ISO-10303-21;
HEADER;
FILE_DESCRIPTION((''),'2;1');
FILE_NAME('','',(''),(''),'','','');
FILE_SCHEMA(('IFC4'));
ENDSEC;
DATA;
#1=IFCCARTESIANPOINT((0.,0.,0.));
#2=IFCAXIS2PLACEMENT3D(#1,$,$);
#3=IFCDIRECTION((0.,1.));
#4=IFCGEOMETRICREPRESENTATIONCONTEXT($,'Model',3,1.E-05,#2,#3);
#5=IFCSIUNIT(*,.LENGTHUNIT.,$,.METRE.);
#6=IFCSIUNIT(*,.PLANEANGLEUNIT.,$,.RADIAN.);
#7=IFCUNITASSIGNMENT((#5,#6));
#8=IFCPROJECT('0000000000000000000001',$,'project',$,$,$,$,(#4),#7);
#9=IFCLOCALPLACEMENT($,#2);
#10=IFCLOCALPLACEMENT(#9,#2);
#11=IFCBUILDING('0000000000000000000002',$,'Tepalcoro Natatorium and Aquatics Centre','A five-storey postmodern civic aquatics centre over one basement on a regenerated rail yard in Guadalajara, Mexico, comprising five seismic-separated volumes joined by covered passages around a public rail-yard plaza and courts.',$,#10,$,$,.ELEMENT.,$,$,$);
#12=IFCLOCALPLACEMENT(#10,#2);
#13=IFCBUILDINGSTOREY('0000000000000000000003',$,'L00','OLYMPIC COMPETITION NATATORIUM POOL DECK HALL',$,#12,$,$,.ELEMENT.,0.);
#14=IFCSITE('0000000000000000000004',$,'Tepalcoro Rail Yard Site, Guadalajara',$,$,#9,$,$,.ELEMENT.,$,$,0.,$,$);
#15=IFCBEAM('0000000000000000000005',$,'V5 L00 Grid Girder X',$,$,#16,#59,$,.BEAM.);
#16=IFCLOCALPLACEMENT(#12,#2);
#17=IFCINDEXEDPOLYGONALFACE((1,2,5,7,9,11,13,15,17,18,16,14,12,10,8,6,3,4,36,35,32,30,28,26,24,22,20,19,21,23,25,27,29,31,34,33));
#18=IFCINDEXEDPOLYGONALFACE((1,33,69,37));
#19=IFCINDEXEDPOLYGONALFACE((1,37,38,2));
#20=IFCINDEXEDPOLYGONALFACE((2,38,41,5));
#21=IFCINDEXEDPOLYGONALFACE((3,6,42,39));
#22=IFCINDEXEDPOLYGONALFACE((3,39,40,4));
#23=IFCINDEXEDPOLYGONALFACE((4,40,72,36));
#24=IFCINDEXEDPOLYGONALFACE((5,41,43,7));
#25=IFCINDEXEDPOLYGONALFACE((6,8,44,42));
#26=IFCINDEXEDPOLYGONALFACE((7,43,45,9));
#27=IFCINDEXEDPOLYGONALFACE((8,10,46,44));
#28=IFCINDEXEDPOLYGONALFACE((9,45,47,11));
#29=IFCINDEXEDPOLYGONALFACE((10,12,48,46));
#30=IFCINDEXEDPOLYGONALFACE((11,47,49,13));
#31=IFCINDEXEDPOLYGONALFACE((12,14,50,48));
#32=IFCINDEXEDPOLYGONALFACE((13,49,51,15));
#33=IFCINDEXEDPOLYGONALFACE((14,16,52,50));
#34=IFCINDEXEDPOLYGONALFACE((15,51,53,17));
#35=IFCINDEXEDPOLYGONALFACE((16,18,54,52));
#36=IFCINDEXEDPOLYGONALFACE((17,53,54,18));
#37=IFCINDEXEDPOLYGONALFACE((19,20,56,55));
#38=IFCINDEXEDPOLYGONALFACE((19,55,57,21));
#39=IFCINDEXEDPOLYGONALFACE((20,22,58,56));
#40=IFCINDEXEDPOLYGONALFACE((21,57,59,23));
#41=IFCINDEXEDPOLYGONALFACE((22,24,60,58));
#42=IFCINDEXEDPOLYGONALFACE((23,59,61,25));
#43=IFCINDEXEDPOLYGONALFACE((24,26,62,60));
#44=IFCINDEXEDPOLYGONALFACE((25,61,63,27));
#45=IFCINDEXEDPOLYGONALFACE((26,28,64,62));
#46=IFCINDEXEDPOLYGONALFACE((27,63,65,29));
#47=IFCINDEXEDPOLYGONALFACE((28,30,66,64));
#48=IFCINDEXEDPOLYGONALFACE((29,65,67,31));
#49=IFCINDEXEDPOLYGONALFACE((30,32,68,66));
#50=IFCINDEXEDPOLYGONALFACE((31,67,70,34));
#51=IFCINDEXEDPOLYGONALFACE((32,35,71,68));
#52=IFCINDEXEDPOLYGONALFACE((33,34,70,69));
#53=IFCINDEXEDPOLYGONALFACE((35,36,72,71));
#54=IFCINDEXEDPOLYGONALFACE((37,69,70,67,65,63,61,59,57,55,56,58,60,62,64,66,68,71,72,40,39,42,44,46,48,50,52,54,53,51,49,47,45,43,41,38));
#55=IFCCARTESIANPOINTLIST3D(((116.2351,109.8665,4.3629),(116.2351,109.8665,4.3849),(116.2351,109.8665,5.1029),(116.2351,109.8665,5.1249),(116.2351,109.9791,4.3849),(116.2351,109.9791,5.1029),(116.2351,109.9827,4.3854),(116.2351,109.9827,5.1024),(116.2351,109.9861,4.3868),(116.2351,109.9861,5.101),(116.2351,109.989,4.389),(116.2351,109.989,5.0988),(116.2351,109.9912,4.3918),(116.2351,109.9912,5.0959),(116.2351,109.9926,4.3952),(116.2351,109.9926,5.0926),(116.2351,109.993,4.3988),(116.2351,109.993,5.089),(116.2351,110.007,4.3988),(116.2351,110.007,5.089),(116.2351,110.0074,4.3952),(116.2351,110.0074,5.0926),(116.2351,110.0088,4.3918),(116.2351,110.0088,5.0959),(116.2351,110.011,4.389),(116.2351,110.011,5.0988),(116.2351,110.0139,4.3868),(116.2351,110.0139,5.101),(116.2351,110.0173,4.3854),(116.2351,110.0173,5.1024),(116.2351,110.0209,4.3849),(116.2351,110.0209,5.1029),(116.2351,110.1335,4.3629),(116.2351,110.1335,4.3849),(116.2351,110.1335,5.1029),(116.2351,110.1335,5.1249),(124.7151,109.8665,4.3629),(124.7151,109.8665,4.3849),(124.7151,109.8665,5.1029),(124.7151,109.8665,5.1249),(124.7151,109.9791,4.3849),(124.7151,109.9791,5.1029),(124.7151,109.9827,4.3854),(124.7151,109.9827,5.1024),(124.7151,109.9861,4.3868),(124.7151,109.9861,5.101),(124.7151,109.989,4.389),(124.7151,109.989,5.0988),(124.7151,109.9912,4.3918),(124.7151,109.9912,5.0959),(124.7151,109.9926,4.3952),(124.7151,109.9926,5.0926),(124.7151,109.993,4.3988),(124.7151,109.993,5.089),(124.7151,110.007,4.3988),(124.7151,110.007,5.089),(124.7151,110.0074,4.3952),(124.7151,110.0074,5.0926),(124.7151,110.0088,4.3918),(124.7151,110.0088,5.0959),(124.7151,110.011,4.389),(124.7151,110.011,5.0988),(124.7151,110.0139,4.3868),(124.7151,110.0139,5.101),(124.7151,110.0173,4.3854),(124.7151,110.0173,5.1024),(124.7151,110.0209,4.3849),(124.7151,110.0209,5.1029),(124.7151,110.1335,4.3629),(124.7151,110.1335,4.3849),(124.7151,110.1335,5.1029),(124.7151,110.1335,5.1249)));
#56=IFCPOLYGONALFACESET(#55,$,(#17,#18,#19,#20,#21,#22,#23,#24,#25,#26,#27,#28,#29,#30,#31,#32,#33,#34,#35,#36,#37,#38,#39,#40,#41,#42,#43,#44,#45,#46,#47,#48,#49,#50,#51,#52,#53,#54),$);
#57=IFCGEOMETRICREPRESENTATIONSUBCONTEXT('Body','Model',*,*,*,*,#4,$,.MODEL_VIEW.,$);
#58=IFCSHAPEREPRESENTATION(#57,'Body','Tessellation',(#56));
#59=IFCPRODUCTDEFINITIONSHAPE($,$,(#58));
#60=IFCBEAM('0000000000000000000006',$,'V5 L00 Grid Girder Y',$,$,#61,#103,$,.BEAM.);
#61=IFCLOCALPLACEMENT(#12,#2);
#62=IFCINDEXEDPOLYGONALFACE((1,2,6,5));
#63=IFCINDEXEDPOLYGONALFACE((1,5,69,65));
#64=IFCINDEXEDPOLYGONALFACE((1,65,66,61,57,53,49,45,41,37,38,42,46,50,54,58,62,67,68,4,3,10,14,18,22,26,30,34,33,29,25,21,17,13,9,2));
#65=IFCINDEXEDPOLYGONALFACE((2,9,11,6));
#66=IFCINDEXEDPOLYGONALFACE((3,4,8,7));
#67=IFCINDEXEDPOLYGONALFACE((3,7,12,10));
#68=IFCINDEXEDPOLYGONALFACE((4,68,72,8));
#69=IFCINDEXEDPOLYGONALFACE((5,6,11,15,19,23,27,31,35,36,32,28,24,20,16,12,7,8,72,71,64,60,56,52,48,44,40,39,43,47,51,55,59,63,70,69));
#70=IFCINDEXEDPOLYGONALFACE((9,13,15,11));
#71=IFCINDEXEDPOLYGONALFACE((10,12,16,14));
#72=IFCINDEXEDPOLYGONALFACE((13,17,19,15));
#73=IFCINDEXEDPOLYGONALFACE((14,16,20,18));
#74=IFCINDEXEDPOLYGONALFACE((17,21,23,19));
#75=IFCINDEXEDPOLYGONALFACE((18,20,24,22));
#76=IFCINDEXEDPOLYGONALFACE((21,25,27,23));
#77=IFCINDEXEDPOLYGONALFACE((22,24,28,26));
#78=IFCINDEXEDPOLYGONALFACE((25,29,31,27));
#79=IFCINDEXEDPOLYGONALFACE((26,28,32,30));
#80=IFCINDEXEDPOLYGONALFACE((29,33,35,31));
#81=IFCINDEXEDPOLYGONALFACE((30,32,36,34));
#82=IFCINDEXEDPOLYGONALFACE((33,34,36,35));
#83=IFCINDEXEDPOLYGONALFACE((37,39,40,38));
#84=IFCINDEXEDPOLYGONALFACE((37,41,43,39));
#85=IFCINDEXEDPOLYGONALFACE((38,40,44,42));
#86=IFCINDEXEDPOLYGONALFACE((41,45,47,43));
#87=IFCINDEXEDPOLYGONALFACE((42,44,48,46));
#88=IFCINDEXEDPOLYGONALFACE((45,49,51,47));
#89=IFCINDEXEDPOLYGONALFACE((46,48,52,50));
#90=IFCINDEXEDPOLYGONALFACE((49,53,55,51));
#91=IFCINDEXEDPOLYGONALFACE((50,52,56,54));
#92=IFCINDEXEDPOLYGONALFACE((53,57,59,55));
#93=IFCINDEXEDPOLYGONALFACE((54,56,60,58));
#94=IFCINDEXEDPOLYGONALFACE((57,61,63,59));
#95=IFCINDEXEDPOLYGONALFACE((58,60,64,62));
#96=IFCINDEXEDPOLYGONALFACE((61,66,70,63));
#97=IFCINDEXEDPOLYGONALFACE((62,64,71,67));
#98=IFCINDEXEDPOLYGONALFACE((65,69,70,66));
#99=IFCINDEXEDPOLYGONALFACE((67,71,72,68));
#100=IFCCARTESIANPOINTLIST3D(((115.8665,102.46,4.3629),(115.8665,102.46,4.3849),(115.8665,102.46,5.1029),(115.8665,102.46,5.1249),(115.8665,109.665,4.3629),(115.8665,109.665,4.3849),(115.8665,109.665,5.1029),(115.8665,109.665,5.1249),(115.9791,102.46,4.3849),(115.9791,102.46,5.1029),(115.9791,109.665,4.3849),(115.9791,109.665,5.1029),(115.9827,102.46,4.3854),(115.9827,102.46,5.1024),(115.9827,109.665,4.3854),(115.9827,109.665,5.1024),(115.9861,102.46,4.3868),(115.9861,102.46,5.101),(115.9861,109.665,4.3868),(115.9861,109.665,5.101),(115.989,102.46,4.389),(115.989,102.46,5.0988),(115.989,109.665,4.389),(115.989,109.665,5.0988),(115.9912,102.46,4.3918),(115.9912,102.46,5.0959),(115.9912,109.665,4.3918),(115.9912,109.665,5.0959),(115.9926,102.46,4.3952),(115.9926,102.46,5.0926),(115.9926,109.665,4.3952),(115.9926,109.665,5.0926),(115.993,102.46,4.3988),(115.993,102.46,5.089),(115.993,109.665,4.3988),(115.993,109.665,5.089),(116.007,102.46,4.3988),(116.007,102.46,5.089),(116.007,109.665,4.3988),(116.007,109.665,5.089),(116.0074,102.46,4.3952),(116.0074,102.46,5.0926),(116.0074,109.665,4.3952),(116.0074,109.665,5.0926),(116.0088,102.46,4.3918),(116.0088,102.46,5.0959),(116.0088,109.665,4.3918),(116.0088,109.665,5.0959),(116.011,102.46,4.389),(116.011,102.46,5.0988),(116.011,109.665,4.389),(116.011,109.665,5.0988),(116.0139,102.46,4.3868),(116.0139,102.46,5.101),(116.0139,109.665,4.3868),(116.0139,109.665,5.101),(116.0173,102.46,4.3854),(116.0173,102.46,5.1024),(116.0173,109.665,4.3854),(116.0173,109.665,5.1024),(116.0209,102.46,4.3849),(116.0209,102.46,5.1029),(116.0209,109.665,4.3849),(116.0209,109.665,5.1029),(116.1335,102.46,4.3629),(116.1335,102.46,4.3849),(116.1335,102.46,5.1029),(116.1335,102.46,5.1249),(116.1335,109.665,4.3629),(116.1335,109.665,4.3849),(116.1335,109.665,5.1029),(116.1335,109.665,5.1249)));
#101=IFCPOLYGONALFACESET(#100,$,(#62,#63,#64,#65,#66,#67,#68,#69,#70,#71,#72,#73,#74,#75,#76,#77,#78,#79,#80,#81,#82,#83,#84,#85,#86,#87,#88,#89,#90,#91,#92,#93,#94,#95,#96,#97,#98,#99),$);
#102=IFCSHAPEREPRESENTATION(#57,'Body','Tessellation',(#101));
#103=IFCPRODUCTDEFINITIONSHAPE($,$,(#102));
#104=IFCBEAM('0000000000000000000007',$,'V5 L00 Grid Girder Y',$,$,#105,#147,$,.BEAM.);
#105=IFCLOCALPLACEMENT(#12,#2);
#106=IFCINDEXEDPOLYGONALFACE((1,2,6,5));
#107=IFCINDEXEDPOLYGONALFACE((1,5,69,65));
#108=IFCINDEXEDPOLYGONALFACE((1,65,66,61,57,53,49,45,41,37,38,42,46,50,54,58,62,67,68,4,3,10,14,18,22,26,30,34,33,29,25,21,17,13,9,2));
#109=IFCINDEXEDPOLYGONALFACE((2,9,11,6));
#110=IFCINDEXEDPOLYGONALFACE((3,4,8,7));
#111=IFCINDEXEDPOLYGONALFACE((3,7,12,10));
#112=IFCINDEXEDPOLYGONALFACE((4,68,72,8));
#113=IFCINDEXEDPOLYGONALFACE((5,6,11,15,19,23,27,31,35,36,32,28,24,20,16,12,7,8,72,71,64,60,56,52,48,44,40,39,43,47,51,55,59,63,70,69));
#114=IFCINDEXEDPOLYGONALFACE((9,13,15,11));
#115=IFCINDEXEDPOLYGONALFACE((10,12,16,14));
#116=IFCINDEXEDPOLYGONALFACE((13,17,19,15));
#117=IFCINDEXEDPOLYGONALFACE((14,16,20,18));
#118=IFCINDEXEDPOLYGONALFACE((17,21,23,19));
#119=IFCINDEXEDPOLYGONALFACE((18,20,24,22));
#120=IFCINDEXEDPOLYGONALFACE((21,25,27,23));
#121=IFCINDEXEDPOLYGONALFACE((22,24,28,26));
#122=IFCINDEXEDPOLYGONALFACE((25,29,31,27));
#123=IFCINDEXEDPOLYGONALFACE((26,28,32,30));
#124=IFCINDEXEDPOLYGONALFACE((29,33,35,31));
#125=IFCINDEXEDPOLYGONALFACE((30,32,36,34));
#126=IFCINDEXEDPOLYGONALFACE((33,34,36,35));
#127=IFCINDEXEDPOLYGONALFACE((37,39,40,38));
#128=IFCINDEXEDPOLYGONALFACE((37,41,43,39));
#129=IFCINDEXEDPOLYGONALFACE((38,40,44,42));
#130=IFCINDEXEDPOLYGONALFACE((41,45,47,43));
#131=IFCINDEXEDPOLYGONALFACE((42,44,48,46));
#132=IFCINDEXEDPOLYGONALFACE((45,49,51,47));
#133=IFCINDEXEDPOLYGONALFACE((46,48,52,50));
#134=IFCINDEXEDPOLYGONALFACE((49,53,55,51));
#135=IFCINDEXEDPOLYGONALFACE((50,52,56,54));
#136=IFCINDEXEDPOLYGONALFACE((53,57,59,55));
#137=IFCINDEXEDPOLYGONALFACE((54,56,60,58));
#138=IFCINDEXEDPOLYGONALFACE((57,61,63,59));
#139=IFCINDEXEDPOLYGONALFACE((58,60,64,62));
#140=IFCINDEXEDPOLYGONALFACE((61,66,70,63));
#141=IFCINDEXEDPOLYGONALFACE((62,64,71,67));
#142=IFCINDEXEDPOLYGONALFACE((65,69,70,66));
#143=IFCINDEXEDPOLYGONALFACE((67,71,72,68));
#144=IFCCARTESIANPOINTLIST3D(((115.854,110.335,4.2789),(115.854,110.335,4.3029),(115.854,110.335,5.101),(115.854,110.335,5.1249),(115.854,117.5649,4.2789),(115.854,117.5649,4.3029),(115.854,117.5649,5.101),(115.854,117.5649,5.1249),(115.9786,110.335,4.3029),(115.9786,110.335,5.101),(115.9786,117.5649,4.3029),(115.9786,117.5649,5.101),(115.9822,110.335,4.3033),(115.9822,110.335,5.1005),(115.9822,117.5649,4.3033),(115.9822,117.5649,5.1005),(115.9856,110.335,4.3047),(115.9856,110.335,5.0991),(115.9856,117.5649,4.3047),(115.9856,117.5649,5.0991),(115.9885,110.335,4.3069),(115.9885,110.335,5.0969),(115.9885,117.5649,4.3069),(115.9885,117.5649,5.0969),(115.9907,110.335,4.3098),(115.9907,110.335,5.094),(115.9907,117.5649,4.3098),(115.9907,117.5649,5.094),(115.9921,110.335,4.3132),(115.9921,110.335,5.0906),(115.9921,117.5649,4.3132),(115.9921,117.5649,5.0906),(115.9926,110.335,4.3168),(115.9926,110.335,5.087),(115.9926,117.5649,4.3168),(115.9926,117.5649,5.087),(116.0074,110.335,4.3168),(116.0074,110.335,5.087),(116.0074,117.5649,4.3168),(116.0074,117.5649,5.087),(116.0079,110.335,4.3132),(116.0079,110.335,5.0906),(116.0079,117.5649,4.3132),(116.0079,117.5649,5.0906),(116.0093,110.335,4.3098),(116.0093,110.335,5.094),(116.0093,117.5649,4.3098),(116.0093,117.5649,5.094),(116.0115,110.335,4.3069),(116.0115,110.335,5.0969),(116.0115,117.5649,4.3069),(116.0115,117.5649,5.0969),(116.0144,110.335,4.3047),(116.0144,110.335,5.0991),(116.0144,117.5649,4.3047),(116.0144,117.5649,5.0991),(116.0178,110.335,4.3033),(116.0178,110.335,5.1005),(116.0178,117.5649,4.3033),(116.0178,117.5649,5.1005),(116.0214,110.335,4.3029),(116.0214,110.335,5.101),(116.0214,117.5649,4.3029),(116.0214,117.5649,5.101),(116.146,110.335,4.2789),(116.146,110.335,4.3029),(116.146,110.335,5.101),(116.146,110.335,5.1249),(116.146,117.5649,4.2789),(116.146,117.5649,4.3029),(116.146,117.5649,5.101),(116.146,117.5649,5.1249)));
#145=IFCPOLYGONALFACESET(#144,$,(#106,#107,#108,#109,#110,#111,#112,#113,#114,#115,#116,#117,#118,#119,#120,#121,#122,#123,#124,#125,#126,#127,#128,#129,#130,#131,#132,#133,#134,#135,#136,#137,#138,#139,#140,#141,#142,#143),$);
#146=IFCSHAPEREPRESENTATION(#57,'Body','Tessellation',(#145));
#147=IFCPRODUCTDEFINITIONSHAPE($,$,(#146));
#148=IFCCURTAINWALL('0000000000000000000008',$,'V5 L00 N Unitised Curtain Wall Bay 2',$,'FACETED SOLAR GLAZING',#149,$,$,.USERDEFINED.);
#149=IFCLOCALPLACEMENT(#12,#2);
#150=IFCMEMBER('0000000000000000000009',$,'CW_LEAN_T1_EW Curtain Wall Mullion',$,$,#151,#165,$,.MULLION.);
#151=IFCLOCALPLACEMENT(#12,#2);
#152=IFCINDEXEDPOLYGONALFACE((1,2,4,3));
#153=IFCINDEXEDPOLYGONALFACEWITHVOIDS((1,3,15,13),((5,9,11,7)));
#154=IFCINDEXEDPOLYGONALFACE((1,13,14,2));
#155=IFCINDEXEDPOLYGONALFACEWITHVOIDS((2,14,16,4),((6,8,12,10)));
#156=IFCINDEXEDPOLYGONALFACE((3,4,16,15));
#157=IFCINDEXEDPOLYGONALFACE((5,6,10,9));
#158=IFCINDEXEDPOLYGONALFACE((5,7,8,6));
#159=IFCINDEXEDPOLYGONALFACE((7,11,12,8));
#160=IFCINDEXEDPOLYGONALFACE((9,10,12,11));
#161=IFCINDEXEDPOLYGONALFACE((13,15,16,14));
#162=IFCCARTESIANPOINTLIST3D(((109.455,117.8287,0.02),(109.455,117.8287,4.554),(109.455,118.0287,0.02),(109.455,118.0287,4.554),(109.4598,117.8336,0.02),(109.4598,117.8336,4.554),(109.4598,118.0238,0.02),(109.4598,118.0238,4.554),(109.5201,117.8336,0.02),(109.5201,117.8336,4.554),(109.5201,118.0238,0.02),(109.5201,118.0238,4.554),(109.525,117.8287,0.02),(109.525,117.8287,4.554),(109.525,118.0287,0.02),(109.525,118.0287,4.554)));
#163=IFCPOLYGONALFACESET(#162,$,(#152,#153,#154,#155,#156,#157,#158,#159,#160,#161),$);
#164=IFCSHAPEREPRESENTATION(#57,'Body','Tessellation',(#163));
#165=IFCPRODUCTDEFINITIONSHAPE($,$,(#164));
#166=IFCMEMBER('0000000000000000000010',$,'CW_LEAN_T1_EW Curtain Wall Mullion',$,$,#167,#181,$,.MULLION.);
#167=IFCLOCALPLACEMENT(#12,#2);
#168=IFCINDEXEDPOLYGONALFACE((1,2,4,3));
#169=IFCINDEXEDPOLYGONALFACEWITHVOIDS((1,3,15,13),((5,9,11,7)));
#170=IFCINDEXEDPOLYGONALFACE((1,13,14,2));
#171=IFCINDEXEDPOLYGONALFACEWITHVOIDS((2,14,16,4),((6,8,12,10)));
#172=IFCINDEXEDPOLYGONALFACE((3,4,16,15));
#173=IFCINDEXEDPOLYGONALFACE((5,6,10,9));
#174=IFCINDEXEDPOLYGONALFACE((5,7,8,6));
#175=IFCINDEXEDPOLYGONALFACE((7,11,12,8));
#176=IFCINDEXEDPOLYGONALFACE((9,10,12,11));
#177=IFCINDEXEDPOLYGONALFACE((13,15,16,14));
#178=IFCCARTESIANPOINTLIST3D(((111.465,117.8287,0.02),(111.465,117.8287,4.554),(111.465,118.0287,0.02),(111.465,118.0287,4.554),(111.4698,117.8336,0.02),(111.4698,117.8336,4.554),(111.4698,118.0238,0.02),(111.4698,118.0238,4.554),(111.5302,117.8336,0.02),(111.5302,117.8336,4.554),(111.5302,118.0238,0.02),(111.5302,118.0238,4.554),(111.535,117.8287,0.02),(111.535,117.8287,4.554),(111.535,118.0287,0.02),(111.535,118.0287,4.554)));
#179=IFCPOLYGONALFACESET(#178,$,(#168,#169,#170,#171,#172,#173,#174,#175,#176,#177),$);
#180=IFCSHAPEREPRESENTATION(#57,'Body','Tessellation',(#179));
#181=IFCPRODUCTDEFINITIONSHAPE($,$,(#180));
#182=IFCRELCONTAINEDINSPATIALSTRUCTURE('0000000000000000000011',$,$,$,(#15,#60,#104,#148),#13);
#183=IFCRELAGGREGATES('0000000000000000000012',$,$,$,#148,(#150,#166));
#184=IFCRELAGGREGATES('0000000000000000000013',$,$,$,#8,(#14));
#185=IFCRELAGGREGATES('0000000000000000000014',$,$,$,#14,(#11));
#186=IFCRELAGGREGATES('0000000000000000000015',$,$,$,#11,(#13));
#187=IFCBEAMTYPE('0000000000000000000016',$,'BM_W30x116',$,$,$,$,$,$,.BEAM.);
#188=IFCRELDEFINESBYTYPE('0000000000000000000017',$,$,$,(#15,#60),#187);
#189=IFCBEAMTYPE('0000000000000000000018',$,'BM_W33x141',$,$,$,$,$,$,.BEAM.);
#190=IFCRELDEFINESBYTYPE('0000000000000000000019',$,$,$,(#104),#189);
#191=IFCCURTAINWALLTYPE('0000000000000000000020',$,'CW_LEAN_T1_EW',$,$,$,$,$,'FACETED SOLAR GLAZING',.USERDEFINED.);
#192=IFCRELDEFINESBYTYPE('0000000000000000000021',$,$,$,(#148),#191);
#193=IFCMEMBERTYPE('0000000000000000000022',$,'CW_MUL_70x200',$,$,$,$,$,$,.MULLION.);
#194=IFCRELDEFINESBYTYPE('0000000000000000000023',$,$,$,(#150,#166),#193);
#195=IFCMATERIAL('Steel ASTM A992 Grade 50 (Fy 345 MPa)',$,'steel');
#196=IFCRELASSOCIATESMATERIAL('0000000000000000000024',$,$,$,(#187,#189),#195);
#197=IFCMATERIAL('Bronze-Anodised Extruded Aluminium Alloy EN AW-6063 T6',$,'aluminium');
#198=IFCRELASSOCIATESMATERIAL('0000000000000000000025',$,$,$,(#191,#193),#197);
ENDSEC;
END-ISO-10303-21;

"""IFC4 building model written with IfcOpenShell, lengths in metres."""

from ifc_helpers import new_model, si_unit, direction, frame, origin, origin_2d, place, context, subcontext, project, spatial, hollow_rectangle, i_section, extrude, material, material_profile, profile_set, type_object, element, aggregate, save


model = new_model("IFC4")

# Units and contexts
model_context = context("Model", 3, precision=1e-05, world=origin(), true_north=direction((0.0, 1.0)))
body_context = subcontext(model_context, "Body", "Model", "MODEL_VIEW")
ifc_project = project(units=[si_unit("LENGTHUNIT", "METRE"), si_unit("PLANEANGLEUNIT", "RADIAN")], contexts=[model_context])

# Site, building, storey
site_placement = place(None, origin())
site = spatial("IfcSite", under=ifc_project, at=site_placement, Name="Tepalcoro Rail Yard Site, Guadalajara", CompositionType="ELEMENT", RefElevation=0.0)
building_placement = place(site_placement, origin())
building = spatial("IfcBuilding", under=site, at=building_placement, Name="Tepalcoro Natatorium and Aquatics Centre", Description="A five-storey postmodern civic aquatics centre over one basement on a regenerated rail yard in Guadalajara, Mexico, comprising five seismic-separated volumes joined by covered passages around a public rail-yard plaza and courts.", CompositionType="ELEMENT")
storey_placement = place(building_placement, origin())
storey = spatial("IfcBuildingStorey", under=building, at=storey_placement, Name="L00", Description="OLYMPIC COMPETITION NATATORIUM POOL DECK HALL", CompositionType="ELEMENT", Elevation=0.0)

# Beams
ifc_material_1 = material(Name="Steel ASTM A992 Grade 50 (Fy 345 MPa)", Category="steel")
ifc_material_profile_1 = material_profile(ifc_material_1, i_section(OverallWidth=0.2671, OverallDepth=0.762, WebThickness=0.0139, FlangeThickness=0.022, FilletRadius=0.0139, at=origin_2d()), Name="W30X116")
ifc_profile_set_1 = profile_set([ifc_material_profile_1], Name="Steel ASTM A992 Grade 50 (Fy 345 MPa)")
beam_type_1 = type_object("IfcBeamType", Name="BM_W30x116", PredefinedType="BEAM", material=ifc_profile_set_1)
beam_1_placement = place(storey_placement, frame((116.2351, 110.0, 4.7439), z_axis=(1.0, 0.0, 0.0), x_axis=(0.0, 1.0, 0.0)))
element("IfcBeam", 1, at=beam_1_placement, inside=storey, type_object=beam_type_1, Name="V5 L00 Grid Girder X", PredefinedType="BEAM", context=body_context, shape_type="SweptSolid", body=[
    extrude(i_section(OverallWidth=0.2671, OverallDepth=0.762, WebThickness=0.0139, FlangeThickness=0.022, FilletRadius=0.0139, at=origin_2d()), origin(), (0.0, 0.0, 1.0), 8.48),
])
beam_2_placement = place(storey_placement, frame((116.0, 102.46, 4.7439), z_axis=(0.0, 1.0, 0.0), x_axis=(-1.0, 0.0, 0.0)))
element("IfcBeam", 2, at=beam_2_placement, inside=storey, type_object=beam_type_1, Name="V5 L00 Grid Girder Y", PredefinedType="BEAM", context=body_context, shape_type="SweptSolid", body=[
    extrude(i_section(OverallWidth=0.2671, OverallDepth=0.762, WebThickness=0.0139, FlangeThickness=0.022, FilletRadius=0.0139, at=origin_2d()), origin(), (0.0, 0.0, 1.0), 7.2051),
])
ifc_material_profile_2 = material_profile(ifc_material_1, i_section(OverallWidth=0.292, OverallDepth=0.8459, WebThickness=0.0149, FlangeThickness=0.0239, FilletRadius=0.0139, at=origin_2d()), Name="W33X141")
ifc_profile_set_2 = profile_set([ifc_material_profile_2], Name="Steel ASTM A992 Grade 50 (Fy 345 MPa)")
beam_type_2 = type_object("IfcBeamType", Name="BM_W33x141", PredefinedType="BEAM", material=ifc_profile_set_2)
beam_3_placement = place(storey_placement, frame((116.0, 110.335, 4.7019), z_axis=(0.0, 1.0, 0.0), x_axis=(-1.0, 0.0, 0.0)))
element("IfcBeam", 3, at=beam_3_placement, inside=storey, type_object=beam_type_2, Name="V5 L00 Grid Girder Y", PredefinedType="BEAM", context=body_context, shape_type="SweptSolid", body=[
    extrude(i_section(OverallWidth=0.292, OverallDepth=0.8459, WebThickness=0.0149, FlangeThickness=0.0239, FilletRadius=0.0139, at=origin_2d()), origin(), (0.0, 0.0, 1.0), 7.23),
])

# Curtain wall, members
ifc_material_2 = material(Name="Bronze-Anodised Extruded Aluminium Alloy EN AW-6063 T6", Category="aluminium")
curtain_wall_type = type_object("IfcCurtainWallType", Name="CW_LEAN_T1_EW", ElementType="FACETED SOLAR GLAZING", PredefinedType="USERDEFINED", material=ifc_material_2)
curtain_wall_placement = place(storey_placement, origin())
curtain_wall = element("IfcCurtainWall", 4, at=curtain_wall_placement, inside=storey, type_object=curtain_wall_type, Name="V5 L00 N Unitised Curtain Wall Bay 2", ObjectType="FACETED SOLAR GLAZING", PredefinedType="USERDEFINED")
ifc_material_profile_3 = material_profile(ifc_material_2, hollow_rectangle(XDim=0.0701, YDim=0.2, WallThickness=0.0049, at=origin_2d()), Name="AL70X200X5")
ifc_profile_set_3 = profile_set([ifc_material_profile_3], Name="Bronze-Anodised Extruded Aluminium Alloy EN AW-6063 T6")
member_type = type_object("IfcMemberType", Name="CW_MUL_70x200", PredefinedType="MULLION", material=ifc_profile_set_3)
member_1_placement = place(storey_placement, frame((109.49, 117.9287, 0.02), z_axis=(0.0, 0.0, 1.0), x_axis=(1.0, 0.0, 0.0)))
member_1 = element("IfcMember", 5, at=member_1_placement, type_object=member_type, Name="CW_LEAN_T1_EW Curtain Wall Mullion", PredefinedType="MULLION", context=body_context, shape_type="SweptSolid", body=[
    extrude(hollow_rectangle(XDim=0.0701, YDim=0.2, WallThickness=0.0049, at=origin_2d()), origin(), (0.0, 0.0, 1.0), 4.5339),
])
member_2_placement = place(storey_placement, frame((111.5, 117.9287, 0.02), z_axis=(0.0, 0.0, 1.0), x_axis=(1.0, 0.0, 0.0)))
member_2 = element("IfcMember", 6, at=member_2_placement, type_object=member_type, Name="CW_LEAN_T1_EW Curtain Wall Mullion", PredefinedType="MULLION", context=body_context, shape_type="SweptSolid", body=[
    extrude(hollow_rectangle(XDim=0.0701, YDim=0.2, WallThickness=0.0049, at=origin_2d()), origin(), (0.0, 0.0, 1.0), 4.5339),
])

aggregate(curtain_wall, [member_1, member_2])

save(model, "model.ifc")
